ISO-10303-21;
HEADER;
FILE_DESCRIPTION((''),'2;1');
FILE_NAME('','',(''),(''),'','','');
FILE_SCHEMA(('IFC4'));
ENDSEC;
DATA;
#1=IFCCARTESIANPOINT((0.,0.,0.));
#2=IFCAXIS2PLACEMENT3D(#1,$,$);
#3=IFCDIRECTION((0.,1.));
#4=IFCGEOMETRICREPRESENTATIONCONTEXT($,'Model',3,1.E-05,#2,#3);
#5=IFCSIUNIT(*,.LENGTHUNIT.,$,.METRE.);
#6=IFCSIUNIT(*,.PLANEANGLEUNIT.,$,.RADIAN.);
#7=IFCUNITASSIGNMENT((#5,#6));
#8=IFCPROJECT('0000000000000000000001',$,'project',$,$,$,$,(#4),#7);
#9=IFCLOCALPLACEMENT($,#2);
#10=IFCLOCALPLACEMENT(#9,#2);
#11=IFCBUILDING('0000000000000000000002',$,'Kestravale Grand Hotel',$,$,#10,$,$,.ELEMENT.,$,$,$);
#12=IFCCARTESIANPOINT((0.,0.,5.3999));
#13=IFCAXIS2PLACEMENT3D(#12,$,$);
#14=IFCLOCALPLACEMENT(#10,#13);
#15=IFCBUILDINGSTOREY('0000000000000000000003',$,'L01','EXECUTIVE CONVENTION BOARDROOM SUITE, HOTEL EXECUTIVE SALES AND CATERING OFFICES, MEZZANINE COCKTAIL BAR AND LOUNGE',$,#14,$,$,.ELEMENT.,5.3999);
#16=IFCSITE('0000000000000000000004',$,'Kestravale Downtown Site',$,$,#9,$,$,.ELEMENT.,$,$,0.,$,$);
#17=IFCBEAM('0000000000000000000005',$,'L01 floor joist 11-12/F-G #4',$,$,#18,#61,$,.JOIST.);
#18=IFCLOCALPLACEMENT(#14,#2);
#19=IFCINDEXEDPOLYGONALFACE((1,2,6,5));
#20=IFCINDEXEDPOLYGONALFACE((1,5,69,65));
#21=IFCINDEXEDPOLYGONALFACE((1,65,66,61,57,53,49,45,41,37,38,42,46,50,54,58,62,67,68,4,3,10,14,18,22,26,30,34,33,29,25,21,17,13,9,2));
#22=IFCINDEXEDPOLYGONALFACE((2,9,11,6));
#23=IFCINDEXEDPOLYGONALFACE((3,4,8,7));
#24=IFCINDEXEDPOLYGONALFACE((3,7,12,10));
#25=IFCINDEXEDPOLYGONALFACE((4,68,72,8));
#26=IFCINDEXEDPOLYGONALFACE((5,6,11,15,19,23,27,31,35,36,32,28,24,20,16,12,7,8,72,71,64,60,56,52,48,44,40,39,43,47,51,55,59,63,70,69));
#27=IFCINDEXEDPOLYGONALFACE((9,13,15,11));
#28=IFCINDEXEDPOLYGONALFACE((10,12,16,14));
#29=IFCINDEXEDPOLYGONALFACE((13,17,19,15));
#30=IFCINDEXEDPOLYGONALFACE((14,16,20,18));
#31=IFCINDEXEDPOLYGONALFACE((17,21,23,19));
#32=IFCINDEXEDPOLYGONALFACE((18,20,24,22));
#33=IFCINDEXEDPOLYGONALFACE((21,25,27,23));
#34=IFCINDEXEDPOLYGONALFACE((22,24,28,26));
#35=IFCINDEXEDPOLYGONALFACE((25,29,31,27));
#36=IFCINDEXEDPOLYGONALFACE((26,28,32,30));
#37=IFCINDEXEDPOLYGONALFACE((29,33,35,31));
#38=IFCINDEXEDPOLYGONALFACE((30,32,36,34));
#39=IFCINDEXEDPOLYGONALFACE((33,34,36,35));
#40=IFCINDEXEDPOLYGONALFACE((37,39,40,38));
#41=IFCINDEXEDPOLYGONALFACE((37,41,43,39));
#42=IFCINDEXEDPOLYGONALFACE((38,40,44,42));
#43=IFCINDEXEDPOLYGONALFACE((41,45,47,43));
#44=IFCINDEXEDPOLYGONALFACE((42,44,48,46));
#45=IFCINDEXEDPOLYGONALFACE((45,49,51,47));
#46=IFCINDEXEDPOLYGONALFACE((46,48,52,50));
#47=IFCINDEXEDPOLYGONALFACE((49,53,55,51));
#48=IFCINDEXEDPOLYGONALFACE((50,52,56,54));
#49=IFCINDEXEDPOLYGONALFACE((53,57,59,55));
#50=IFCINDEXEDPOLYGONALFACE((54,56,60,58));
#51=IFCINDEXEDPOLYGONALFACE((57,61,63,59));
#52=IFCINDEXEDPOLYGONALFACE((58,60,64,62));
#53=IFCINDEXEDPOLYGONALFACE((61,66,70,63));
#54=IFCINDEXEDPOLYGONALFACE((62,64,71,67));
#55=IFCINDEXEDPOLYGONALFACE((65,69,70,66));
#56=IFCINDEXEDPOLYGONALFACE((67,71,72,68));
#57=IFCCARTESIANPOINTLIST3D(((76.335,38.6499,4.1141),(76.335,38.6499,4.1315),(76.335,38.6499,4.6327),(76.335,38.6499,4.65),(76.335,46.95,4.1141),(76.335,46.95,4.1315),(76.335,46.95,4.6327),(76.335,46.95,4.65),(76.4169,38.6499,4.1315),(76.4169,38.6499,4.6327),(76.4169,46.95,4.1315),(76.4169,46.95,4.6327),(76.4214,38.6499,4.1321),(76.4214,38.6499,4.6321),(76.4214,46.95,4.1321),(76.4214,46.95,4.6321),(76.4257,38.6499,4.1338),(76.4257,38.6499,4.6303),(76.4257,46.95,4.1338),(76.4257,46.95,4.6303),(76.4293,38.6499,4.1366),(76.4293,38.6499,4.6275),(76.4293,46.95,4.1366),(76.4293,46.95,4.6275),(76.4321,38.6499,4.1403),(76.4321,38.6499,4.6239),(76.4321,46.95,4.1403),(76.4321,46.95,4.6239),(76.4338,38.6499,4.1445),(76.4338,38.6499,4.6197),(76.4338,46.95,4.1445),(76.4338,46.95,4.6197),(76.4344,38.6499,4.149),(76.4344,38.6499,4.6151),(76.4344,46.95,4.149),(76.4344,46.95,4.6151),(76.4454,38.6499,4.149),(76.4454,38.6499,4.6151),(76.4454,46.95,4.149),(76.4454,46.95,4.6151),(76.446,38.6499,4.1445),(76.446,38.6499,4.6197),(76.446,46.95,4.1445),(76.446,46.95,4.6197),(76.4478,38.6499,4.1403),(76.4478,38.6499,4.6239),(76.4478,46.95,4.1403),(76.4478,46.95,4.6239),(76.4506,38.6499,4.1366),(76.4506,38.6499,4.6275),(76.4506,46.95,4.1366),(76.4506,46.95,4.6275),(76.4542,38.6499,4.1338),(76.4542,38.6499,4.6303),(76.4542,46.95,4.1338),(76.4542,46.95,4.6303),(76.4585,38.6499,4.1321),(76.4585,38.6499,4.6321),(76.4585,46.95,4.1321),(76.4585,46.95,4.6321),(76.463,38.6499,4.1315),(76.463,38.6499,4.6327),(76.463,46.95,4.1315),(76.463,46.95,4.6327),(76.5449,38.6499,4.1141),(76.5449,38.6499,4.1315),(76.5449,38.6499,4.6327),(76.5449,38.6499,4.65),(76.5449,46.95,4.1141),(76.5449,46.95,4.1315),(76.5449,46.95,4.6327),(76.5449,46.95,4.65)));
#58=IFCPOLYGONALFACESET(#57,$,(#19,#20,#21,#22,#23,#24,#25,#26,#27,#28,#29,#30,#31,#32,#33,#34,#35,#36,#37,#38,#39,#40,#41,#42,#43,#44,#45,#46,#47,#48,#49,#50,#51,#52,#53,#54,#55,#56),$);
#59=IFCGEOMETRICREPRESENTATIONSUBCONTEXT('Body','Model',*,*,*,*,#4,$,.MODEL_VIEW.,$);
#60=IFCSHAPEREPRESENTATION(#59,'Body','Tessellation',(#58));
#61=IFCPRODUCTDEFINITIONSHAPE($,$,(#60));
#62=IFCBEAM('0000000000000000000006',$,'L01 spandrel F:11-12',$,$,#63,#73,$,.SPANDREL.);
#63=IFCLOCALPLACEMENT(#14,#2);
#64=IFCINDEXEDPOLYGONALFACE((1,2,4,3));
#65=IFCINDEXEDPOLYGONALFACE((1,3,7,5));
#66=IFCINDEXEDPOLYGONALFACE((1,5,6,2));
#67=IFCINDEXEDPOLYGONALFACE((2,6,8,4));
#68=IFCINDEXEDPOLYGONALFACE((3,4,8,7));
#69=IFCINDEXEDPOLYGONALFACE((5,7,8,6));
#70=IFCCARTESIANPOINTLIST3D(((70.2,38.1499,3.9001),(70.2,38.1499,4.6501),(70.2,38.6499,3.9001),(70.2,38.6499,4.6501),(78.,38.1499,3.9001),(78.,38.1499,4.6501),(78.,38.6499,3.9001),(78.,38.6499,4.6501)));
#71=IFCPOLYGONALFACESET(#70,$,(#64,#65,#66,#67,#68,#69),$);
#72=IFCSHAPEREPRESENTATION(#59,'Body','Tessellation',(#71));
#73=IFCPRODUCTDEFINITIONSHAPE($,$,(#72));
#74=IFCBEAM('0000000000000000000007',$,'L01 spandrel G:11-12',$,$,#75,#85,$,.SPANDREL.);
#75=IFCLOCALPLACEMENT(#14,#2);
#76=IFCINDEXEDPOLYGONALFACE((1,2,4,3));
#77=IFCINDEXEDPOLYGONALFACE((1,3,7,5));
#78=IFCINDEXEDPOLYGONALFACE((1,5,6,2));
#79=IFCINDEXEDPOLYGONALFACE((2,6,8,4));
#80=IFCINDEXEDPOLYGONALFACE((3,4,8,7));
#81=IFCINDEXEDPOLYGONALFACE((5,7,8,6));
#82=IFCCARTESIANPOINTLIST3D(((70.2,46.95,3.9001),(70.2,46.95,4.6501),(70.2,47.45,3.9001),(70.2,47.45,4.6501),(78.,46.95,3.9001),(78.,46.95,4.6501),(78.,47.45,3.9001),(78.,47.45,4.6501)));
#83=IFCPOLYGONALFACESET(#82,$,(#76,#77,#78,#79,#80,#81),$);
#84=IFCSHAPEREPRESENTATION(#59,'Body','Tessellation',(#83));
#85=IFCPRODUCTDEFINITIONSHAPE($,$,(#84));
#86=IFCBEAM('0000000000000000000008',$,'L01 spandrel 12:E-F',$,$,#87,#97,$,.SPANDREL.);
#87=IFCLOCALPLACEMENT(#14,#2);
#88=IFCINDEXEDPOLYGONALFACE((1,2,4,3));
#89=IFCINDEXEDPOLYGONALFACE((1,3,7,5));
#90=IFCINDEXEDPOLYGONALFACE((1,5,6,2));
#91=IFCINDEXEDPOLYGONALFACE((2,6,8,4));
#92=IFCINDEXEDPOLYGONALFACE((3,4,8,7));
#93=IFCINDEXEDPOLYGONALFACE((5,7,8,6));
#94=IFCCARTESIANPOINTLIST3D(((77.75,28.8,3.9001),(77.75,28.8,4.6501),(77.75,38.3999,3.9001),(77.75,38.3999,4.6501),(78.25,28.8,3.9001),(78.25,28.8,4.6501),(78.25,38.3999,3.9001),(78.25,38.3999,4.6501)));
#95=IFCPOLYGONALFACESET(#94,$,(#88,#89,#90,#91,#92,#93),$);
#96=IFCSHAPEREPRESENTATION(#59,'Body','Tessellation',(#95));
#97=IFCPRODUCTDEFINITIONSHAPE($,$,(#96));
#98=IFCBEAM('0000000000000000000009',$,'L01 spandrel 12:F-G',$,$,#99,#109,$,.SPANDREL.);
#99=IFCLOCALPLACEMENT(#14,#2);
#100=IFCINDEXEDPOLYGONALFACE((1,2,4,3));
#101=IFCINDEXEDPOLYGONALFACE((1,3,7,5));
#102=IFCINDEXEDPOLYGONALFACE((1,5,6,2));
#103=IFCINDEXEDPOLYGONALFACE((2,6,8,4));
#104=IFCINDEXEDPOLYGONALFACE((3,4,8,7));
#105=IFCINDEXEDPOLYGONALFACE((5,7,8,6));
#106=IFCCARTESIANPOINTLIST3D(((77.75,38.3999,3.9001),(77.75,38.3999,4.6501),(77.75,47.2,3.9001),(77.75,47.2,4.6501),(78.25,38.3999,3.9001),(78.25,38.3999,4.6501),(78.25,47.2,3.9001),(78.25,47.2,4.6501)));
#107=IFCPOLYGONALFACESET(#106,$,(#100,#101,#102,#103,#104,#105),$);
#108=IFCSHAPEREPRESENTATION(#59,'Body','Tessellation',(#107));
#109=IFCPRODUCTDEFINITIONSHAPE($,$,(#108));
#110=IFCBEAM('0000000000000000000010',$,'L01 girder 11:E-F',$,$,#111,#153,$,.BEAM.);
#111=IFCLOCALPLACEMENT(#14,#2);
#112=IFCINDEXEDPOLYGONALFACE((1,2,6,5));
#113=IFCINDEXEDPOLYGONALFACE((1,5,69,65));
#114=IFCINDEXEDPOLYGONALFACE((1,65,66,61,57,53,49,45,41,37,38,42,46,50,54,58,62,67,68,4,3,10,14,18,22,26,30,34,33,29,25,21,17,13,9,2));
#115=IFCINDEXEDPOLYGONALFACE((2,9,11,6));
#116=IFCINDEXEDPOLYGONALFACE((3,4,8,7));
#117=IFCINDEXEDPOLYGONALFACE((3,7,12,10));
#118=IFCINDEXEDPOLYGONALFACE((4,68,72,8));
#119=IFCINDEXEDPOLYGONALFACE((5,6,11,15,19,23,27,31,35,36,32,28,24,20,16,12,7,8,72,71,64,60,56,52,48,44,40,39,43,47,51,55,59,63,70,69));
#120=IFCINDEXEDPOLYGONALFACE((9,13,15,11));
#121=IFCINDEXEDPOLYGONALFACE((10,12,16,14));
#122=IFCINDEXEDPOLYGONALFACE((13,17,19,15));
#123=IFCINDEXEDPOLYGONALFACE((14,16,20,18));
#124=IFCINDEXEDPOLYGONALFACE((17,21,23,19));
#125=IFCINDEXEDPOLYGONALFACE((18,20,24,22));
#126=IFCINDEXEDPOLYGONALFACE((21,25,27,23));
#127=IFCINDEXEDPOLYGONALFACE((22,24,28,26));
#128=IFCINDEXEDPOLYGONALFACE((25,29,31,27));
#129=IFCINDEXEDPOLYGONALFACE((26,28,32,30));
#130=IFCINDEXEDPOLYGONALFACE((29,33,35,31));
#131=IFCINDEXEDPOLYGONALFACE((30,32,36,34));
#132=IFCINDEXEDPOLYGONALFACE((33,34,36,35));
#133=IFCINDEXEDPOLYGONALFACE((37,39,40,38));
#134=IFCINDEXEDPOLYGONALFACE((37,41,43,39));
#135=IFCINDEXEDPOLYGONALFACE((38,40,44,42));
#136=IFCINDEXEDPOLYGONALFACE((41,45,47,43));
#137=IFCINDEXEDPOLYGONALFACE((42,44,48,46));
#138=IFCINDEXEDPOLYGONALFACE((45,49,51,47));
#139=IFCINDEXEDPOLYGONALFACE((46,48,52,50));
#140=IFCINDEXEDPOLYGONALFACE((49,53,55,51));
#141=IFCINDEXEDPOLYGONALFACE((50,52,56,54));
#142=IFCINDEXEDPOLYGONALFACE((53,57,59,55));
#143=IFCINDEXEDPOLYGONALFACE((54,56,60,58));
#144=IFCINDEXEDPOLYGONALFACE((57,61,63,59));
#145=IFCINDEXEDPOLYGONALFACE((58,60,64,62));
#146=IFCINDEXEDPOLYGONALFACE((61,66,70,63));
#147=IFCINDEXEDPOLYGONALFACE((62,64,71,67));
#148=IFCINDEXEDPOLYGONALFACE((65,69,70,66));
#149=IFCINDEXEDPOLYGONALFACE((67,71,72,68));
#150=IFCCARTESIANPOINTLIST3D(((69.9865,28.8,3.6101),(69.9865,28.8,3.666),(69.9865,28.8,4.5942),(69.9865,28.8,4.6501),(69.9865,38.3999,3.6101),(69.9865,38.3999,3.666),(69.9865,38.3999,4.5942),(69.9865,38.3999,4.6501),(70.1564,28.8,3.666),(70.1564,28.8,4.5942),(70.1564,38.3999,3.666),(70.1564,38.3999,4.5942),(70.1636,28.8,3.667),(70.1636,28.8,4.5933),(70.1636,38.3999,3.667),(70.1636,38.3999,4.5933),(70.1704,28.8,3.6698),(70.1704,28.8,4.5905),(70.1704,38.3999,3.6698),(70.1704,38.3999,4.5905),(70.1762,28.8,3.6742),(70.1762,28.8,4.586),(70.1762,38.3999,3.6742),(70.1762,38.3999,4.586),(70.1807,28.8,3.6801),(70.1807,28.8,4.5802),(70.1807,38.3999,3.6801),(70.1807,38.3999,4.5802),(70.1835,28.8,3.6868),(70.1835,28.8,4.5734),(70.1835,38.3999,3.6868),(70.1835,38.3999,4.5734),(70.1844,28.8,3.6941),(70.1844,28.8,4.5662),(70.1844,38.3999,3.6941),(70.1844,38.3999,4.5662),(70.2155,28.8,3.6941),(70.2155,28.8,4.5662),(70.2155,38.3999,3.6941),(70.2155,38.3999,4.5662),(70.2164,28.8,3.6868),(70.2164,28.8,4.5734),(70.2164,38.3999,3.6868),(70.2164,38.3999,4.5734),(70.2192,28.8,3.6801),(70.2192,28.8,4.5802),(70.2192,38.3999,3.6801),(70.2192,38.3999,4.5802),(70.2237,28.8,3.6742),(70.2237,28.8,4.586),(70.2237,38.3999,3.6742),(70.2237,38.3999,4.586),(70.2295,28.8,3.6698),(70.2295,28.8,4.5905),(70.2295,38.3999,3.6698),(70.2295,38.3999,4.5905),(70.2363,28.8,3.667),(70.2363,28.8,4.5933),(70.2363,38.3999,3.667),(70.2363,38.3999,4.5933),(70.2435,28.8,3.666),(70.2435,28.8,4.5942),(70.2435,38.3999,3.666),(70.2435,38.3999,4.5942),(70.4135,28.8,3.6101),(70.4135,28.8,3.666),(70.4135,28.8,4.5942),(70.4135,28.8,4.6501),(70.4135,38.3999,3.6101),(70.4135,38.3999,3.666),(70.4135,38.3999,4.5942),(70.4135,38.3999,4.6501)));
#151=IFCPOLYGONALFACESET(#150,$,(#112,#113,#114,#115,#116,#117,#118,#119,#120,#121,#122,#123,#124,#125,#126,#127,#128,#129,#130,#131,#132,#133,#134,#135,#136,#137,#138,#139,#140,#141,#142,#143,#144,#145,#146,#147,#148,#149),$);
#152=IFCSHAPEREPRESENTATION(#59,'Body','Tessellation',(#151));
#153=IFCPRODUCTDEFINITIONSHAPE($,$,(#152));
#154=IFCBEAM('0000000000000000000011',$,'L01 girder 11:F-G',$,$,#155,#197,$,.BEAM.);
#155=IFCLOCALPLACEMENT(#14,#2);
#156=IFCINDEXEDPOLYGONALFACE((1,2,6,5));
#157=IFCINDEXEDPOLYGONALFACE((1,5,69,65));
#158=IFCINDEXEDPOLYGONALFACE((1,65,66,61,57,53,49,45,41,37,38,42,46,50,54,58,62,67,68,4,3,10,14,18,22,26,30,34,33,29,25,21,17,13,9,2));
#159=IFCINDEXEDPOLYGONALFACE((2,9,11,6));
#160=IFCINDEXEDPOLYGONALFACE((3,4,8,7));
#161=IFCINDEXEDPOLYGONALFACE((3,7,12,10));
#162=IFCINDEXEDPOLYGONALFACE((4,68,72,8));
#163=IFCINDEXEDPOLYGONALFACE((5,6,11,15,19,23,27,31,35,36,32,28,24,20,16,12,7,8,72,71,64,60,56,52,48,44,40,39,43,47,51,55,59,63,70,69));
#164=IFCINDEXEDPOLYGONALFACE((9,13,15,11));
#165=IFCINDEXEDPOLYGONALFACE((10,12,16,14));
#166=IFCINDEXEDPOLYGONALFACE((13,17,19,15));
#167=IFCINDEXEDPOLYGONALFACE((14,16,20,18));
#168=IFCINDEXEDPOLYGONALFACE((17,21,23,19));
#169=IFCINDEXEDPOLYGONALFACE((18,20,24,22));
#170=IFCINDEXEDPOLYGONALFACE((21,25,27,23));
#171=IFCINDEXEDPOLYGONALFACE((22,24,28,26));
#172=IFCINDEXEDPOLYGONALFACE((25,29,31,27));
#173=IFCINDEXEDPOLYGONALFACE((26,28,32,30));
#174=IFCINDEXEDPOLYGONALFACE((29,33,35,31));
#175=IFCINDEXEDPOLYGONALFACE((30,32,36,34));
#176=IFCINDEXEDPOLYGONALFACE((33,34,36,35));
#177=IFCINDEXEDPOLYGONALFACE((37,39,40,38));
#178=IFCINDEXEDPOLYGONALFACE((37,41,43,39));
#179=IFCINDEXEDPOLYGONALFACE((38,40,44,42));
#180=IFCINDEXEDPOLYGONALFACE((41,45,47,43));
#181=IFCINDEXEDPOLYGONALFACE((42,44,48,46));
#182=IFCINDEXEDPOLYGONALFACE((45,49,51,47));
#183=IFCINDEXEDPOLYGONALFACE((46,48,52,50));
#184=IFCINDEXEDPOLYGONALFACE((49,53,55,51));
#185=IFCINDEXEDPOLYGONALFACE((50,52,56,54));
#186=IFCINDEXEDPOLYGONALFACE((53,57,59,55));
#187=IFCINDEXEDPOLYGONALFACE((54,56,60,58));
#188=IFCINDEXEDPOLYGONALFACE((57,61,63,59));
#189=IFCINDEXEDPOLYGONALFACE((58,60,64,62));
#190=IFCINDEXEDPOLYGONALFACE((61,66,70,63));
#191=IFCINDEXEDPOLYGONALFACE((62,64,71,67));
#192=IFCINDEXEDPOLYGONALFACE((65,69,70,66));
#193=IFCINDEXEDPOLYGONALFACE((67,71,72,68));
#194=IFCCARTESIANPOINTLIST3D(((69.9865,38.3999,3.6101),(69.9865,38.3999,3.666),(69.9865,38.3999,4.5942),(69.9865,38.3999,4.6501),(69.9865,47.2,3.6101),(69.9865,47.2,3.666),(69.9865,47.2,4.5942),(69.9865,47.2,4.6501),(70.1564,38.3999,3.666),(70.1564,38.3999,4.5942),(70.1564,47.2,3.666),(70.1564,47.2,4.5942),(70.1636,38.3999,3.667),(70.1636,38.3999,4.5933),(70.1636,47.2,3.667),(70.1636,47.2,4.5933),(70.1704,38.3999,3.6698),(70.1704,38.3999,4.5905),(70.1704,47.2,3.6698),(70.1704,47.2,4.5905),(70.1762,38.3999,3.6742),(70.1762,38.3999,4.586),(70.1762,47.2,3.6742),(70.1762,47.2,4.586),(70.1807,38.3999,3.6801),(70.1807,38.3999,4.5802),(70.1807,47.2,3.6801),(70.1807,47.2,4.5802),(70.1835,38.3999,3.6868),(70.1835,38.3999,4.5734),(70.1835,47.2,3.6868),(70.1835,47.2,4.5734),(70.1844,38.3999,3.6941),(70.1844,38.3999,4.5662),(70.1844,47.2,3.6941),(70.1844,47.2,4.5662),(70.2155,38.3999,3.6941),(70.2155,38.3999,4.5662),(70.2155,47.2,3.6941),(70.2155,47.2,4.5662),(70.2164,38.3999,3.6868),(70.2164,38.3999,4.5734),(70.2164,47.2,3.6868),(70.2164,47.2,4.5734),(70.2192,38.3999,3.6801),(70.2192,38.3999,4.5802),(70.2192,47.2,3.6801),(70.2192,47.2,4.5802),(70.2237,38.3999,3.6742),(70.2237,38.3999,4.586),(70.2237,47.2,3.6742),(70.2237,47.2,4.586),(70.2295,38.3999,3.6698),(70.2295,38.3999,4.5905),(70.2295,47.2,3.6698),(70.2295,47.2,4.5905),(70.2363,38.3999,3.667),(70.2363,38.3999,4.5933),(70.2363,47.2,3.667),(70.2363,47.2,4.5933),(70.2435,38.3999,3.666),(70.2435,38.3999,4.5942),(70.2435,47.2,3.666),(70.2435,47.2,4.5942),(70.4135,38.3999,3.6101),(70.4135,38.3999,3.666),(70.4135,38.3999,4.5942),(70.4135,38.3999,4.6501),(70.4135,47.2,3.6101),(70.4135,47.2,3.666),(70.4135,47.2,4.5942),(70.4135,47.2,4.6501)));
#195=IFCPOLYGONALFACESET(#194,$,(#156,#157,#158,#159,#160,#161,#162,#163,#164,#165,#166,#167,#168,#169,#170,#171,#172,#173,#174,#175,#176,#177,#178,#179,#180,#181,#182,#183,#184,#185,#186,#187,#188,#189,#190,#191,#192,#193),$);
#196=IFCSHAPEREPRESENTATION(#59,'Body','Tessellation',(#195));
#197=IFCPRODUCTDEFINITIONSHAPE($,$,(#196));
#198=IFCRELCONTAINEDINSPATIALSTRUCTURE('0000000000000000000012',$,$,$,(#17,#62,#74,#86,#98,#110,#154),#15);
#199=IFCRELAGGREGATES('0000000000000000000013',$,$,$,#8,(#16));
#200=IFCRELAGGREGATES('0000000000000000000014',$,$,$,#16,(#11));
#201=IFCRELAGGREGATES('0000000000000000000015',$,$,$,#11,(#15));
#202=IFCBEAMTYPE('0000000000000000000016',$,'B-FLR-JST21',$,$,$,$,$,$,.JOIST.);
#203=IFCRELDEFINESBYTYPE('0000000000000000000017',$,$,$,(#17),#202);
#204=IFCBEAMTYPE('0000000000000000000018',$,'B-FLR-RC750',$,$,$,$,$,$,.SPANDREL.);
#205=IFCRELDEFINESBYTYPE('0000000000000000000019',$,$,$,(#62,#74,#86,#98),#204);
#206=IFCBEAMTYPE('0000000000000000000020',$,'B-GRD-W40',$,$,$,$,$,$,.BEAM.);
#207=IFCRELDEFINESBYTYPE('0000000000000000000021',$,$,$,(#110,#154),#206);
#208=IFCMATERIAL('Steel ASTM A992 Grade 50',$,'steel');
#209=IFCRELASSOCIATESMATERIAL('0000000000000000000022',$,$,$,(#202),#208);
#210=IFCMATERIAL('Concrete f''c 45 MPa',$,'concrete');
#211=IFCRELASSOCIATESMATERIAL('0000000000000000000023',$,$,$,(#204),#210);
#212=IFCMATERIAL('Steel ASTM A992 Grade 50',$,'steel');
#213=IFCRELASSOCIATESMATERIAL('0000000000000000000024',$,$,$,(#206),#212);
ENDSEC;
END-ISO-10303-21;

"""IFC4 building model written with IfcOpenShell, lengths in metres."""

from ifc_helpers import new_model, si_unit, direction, frame, origin, origin_2d, place, context, subcontext, project, spatial, rectangle, i_section, extrude, material, material_profile, profile_set, type_object, element, save


model = new_model("IFC4")

# Units and contexts
model_context = context("Model", 3, precision=1e-05, world=origin(), true_north=direction((0.0, 1.0)))
body_context = subcontext(model_context, "Body", "Model", "MODEL_VIEW")
ifc_project = project(units=[si_unit("LENGTHUNIT", "METRE"), si_unit("PLANEANGLEUNIT", "RADIAN")], contexts=[model_context])

# Site, building, storey
site_placement = place(None, origin())
site = spatial("IfcSite", under=ifc_project, at=site_placement, Name="Kestravale Downtown Site", CompositionType="ELEMENT", RefElevation=0.0)
building_placement = place(site_placement, origin())
building = spatial("IfcBuilding", under=site, at=building_placement, Name="Kestravale Grand Hotel", CompositionType="ELEMENT")
storey_placement = place(building_placement, frame((0.0, 0.0, 5.3999)))
storey = spatial("IfcBuildingStorey", under=building, at=storey_placement, Name="L01", Description="EXECUTIVE CONVENTION BOARDROOM SUITE, HOTEL EXECUTIVE SALES AND CATERING OFFICES, MEZZANINE COCKTAIL BAR AND LOUNGE", CompositionType="ELEMENT", Elevation=5.3999)

# Beams
ifc_material_1 = material(Name="Steel ASTM A992 Grade 50", Category="steel")
ifc_material_profile_1 = material_profile(ifc_material_1, i_section(OverallWidth=0.21, OverallDepth=0.5359, WebThickness=0.011, FlangeThickness=0.0173, FilletRadius=0.0176, at=origin_2d()))
ifc_profile_set_1 = profile_set([ifc_material_profile_1], Name="Steel ASTM A992 Grade 50")
beam_type_1 = type_object("IfcBeamType", Name="B-FLR-JST21", PredefinedType="JOIST", material=ifc_profile_set_1)
for number, where, z_axis, x_axis, name in (
    (1, (76.4399, 38.6499, 4.3821), (0.0, 1.0, 0.0), (-1.0, 0.0, 0.0), "L01 floor joist 11-12/F-G #4"),
):
    element("IfcBeam", number, at=place(storey_placement, frame(where, z_axis=z_axis, x_axis=x_axis)), inside=storey, type_object=beam_type_1, Name=name, PredefinedType="JOIST", context=body_context, shape_type="SweptSolid", body=[
        extrude(i_section(OverallWidth=0.21, OverallDepth=0.5359, WebThickness=0.011, FlangeThickness=0.0173, FilletRadius=0.0176, at=origin_2d()), origin(), (0.0, 0.0, 1.0), 8.3),
    ])
ifc_material_2 = material(Name="Concrete f'c 45 MPa", Category="concrete")
ifc_material_profile_2 = material_profile(ifc_material_2, rectangle(XDim=0.5, YDim=0.75, at=origin_2d()))
ifc_profile_set_2 = profile_set([ifc_material_profile_2], Name="Concrete f'c 45 MPa")
beam_type_2 = type_object("IfcBeamType", Name="B-FLR-RC750", PredefinedType="SPANDREL", material=ifc_profile_set_2)
for number, where, z_axis, x_axis, name in (
    (2, (70.2, 38.3999, 4.2751), (1.0, 0.0, 0.0), (0.0, 1.0, 0.0), "L01 spandrel F:11-12"),
    (3, (70.2, 47.2, 4.2751), (1.0, 0.0, 0.0), (0.0, 1.0, 0.0), "L01 spandrel G:11-12"),
):
    element("IfcBeam", number, at=place(storey_placement, frame(where, z_axis=z_axis, x_axis=x_axis)), inside=storey, type_object=beam_type_2, Name=name, PredefinedType="SPANDREL", context=body_context, shape_type="SweptSolid", body=[
        extrude(rectangle(XDim=0.5, YDim=0.75, at=origin_2d()), origin(), (0.0, 0.0, 1.0), 7.8),
    ])
beam_1_placement = place(storey_placement, frame((78.0, 28.8, 4.2751), z_axis=(0.0, 1.0, 0.0), x_axis=(-1.0, 0.0, 0.0)))
element("IfcBeam", 4, at=beam_1_placement, inside=storey, type_object=beam_type_2, Name="L01 spandrel 12:E-F", PredefinedType="SPANDREL", context=body_context, shape_type="SweptSolid", body=[
    extrude(rectangle(XDim=0.5, YDim=0.75, at=origin_2d()), origin(), (0.0, 0.0, 1.0), 9.5999),
])
beam_2_placement = place(storey_placement, frame((78.0, 38.3999, 4.2751), z_axis=(0.0, 1.0, 0.0), x_axis=(-1.0, 0.0, 0.0)))
element("IfcBeam", 5, at=beam_2_placement, inside=storey, type_object=beam_type_2, Name="L01 spandrel 12:F-G", PredefinedType="SPANDREL", context=body_context, shape_type="SweptSolid", body=[
    extrude(rectangle(XDim=0.5, YDim=0.75, at=origin_2d()), origin(), (0.0, 0.0, 1.0), 8.8),
])
ifc_material_3 = material(Name="Steel ASTM A992 Grade 50", Category="steel")
ifc_material_profile_3 = material_profile(ifc_material_3, i_section(OverallWidth=0.427, OverallDepth=1.04, WebThickness=0.031, FlangeThickness=0.0559, FilletRadius=0.0281, at=origin_2d()))
ifc_profile_set_3 = profile_set([ifc_material_profile_3], Name="Steel ASTM A992 Grade 50")
beam_type_3 = type_object("IfcBeamType", Name="B-GRD-W40", PredefinedType="BEAM", material=ifc_profile_set_3)
beam_3_placement = place(storey_placement, frame((70.2, 28.8, 4.1301), z_axis=(0.0, 1.0, 0.0), x_axis=(-1.0, 0.0, 0.0)))
element("IfcBeam", 6, at=beam_3_placement, inside=storey, type_object=beam_type_3, Name="L01 girder 11:E-F", PredefinedType="BEAM", context=body_context, shape_type="SweptSolid", body=[
    extrude(i_section(OverallWidth=0.427, OverallDepth=1.04, WebThickness=0.031, FlangeThickness=0.0559, FilletRadius=0.0281, at=origin_2d()), origin(), (0.0, 0.0, 1.0), 9.5999),
])
beam_4_placement = place(storey_placement, frame((70.2, 38.3999, 4.1301), z_axis=(0.0, 1.0, 0.0), x_axis=(-1.0, 0.0, 0.0)))
element("IfcBeam", 7, at=beam_4_placement, inside=storey, type_object=beam_type_3, Name="L01 girder 11:F-G", PredefinedType="BEAM", context=body_context, shape_type="SweptSolid", body=[
    extrude(i_section(OverallWidth=0.427, OverallDepth=1.04, WebThickness=0.031, FlangeThickness=0.0559, FilletRadius=0.0281, at=origin_2d()), origin(), (0.0, 0.0, 1.0), 8.8),
])

save(model, "model.ifc")
